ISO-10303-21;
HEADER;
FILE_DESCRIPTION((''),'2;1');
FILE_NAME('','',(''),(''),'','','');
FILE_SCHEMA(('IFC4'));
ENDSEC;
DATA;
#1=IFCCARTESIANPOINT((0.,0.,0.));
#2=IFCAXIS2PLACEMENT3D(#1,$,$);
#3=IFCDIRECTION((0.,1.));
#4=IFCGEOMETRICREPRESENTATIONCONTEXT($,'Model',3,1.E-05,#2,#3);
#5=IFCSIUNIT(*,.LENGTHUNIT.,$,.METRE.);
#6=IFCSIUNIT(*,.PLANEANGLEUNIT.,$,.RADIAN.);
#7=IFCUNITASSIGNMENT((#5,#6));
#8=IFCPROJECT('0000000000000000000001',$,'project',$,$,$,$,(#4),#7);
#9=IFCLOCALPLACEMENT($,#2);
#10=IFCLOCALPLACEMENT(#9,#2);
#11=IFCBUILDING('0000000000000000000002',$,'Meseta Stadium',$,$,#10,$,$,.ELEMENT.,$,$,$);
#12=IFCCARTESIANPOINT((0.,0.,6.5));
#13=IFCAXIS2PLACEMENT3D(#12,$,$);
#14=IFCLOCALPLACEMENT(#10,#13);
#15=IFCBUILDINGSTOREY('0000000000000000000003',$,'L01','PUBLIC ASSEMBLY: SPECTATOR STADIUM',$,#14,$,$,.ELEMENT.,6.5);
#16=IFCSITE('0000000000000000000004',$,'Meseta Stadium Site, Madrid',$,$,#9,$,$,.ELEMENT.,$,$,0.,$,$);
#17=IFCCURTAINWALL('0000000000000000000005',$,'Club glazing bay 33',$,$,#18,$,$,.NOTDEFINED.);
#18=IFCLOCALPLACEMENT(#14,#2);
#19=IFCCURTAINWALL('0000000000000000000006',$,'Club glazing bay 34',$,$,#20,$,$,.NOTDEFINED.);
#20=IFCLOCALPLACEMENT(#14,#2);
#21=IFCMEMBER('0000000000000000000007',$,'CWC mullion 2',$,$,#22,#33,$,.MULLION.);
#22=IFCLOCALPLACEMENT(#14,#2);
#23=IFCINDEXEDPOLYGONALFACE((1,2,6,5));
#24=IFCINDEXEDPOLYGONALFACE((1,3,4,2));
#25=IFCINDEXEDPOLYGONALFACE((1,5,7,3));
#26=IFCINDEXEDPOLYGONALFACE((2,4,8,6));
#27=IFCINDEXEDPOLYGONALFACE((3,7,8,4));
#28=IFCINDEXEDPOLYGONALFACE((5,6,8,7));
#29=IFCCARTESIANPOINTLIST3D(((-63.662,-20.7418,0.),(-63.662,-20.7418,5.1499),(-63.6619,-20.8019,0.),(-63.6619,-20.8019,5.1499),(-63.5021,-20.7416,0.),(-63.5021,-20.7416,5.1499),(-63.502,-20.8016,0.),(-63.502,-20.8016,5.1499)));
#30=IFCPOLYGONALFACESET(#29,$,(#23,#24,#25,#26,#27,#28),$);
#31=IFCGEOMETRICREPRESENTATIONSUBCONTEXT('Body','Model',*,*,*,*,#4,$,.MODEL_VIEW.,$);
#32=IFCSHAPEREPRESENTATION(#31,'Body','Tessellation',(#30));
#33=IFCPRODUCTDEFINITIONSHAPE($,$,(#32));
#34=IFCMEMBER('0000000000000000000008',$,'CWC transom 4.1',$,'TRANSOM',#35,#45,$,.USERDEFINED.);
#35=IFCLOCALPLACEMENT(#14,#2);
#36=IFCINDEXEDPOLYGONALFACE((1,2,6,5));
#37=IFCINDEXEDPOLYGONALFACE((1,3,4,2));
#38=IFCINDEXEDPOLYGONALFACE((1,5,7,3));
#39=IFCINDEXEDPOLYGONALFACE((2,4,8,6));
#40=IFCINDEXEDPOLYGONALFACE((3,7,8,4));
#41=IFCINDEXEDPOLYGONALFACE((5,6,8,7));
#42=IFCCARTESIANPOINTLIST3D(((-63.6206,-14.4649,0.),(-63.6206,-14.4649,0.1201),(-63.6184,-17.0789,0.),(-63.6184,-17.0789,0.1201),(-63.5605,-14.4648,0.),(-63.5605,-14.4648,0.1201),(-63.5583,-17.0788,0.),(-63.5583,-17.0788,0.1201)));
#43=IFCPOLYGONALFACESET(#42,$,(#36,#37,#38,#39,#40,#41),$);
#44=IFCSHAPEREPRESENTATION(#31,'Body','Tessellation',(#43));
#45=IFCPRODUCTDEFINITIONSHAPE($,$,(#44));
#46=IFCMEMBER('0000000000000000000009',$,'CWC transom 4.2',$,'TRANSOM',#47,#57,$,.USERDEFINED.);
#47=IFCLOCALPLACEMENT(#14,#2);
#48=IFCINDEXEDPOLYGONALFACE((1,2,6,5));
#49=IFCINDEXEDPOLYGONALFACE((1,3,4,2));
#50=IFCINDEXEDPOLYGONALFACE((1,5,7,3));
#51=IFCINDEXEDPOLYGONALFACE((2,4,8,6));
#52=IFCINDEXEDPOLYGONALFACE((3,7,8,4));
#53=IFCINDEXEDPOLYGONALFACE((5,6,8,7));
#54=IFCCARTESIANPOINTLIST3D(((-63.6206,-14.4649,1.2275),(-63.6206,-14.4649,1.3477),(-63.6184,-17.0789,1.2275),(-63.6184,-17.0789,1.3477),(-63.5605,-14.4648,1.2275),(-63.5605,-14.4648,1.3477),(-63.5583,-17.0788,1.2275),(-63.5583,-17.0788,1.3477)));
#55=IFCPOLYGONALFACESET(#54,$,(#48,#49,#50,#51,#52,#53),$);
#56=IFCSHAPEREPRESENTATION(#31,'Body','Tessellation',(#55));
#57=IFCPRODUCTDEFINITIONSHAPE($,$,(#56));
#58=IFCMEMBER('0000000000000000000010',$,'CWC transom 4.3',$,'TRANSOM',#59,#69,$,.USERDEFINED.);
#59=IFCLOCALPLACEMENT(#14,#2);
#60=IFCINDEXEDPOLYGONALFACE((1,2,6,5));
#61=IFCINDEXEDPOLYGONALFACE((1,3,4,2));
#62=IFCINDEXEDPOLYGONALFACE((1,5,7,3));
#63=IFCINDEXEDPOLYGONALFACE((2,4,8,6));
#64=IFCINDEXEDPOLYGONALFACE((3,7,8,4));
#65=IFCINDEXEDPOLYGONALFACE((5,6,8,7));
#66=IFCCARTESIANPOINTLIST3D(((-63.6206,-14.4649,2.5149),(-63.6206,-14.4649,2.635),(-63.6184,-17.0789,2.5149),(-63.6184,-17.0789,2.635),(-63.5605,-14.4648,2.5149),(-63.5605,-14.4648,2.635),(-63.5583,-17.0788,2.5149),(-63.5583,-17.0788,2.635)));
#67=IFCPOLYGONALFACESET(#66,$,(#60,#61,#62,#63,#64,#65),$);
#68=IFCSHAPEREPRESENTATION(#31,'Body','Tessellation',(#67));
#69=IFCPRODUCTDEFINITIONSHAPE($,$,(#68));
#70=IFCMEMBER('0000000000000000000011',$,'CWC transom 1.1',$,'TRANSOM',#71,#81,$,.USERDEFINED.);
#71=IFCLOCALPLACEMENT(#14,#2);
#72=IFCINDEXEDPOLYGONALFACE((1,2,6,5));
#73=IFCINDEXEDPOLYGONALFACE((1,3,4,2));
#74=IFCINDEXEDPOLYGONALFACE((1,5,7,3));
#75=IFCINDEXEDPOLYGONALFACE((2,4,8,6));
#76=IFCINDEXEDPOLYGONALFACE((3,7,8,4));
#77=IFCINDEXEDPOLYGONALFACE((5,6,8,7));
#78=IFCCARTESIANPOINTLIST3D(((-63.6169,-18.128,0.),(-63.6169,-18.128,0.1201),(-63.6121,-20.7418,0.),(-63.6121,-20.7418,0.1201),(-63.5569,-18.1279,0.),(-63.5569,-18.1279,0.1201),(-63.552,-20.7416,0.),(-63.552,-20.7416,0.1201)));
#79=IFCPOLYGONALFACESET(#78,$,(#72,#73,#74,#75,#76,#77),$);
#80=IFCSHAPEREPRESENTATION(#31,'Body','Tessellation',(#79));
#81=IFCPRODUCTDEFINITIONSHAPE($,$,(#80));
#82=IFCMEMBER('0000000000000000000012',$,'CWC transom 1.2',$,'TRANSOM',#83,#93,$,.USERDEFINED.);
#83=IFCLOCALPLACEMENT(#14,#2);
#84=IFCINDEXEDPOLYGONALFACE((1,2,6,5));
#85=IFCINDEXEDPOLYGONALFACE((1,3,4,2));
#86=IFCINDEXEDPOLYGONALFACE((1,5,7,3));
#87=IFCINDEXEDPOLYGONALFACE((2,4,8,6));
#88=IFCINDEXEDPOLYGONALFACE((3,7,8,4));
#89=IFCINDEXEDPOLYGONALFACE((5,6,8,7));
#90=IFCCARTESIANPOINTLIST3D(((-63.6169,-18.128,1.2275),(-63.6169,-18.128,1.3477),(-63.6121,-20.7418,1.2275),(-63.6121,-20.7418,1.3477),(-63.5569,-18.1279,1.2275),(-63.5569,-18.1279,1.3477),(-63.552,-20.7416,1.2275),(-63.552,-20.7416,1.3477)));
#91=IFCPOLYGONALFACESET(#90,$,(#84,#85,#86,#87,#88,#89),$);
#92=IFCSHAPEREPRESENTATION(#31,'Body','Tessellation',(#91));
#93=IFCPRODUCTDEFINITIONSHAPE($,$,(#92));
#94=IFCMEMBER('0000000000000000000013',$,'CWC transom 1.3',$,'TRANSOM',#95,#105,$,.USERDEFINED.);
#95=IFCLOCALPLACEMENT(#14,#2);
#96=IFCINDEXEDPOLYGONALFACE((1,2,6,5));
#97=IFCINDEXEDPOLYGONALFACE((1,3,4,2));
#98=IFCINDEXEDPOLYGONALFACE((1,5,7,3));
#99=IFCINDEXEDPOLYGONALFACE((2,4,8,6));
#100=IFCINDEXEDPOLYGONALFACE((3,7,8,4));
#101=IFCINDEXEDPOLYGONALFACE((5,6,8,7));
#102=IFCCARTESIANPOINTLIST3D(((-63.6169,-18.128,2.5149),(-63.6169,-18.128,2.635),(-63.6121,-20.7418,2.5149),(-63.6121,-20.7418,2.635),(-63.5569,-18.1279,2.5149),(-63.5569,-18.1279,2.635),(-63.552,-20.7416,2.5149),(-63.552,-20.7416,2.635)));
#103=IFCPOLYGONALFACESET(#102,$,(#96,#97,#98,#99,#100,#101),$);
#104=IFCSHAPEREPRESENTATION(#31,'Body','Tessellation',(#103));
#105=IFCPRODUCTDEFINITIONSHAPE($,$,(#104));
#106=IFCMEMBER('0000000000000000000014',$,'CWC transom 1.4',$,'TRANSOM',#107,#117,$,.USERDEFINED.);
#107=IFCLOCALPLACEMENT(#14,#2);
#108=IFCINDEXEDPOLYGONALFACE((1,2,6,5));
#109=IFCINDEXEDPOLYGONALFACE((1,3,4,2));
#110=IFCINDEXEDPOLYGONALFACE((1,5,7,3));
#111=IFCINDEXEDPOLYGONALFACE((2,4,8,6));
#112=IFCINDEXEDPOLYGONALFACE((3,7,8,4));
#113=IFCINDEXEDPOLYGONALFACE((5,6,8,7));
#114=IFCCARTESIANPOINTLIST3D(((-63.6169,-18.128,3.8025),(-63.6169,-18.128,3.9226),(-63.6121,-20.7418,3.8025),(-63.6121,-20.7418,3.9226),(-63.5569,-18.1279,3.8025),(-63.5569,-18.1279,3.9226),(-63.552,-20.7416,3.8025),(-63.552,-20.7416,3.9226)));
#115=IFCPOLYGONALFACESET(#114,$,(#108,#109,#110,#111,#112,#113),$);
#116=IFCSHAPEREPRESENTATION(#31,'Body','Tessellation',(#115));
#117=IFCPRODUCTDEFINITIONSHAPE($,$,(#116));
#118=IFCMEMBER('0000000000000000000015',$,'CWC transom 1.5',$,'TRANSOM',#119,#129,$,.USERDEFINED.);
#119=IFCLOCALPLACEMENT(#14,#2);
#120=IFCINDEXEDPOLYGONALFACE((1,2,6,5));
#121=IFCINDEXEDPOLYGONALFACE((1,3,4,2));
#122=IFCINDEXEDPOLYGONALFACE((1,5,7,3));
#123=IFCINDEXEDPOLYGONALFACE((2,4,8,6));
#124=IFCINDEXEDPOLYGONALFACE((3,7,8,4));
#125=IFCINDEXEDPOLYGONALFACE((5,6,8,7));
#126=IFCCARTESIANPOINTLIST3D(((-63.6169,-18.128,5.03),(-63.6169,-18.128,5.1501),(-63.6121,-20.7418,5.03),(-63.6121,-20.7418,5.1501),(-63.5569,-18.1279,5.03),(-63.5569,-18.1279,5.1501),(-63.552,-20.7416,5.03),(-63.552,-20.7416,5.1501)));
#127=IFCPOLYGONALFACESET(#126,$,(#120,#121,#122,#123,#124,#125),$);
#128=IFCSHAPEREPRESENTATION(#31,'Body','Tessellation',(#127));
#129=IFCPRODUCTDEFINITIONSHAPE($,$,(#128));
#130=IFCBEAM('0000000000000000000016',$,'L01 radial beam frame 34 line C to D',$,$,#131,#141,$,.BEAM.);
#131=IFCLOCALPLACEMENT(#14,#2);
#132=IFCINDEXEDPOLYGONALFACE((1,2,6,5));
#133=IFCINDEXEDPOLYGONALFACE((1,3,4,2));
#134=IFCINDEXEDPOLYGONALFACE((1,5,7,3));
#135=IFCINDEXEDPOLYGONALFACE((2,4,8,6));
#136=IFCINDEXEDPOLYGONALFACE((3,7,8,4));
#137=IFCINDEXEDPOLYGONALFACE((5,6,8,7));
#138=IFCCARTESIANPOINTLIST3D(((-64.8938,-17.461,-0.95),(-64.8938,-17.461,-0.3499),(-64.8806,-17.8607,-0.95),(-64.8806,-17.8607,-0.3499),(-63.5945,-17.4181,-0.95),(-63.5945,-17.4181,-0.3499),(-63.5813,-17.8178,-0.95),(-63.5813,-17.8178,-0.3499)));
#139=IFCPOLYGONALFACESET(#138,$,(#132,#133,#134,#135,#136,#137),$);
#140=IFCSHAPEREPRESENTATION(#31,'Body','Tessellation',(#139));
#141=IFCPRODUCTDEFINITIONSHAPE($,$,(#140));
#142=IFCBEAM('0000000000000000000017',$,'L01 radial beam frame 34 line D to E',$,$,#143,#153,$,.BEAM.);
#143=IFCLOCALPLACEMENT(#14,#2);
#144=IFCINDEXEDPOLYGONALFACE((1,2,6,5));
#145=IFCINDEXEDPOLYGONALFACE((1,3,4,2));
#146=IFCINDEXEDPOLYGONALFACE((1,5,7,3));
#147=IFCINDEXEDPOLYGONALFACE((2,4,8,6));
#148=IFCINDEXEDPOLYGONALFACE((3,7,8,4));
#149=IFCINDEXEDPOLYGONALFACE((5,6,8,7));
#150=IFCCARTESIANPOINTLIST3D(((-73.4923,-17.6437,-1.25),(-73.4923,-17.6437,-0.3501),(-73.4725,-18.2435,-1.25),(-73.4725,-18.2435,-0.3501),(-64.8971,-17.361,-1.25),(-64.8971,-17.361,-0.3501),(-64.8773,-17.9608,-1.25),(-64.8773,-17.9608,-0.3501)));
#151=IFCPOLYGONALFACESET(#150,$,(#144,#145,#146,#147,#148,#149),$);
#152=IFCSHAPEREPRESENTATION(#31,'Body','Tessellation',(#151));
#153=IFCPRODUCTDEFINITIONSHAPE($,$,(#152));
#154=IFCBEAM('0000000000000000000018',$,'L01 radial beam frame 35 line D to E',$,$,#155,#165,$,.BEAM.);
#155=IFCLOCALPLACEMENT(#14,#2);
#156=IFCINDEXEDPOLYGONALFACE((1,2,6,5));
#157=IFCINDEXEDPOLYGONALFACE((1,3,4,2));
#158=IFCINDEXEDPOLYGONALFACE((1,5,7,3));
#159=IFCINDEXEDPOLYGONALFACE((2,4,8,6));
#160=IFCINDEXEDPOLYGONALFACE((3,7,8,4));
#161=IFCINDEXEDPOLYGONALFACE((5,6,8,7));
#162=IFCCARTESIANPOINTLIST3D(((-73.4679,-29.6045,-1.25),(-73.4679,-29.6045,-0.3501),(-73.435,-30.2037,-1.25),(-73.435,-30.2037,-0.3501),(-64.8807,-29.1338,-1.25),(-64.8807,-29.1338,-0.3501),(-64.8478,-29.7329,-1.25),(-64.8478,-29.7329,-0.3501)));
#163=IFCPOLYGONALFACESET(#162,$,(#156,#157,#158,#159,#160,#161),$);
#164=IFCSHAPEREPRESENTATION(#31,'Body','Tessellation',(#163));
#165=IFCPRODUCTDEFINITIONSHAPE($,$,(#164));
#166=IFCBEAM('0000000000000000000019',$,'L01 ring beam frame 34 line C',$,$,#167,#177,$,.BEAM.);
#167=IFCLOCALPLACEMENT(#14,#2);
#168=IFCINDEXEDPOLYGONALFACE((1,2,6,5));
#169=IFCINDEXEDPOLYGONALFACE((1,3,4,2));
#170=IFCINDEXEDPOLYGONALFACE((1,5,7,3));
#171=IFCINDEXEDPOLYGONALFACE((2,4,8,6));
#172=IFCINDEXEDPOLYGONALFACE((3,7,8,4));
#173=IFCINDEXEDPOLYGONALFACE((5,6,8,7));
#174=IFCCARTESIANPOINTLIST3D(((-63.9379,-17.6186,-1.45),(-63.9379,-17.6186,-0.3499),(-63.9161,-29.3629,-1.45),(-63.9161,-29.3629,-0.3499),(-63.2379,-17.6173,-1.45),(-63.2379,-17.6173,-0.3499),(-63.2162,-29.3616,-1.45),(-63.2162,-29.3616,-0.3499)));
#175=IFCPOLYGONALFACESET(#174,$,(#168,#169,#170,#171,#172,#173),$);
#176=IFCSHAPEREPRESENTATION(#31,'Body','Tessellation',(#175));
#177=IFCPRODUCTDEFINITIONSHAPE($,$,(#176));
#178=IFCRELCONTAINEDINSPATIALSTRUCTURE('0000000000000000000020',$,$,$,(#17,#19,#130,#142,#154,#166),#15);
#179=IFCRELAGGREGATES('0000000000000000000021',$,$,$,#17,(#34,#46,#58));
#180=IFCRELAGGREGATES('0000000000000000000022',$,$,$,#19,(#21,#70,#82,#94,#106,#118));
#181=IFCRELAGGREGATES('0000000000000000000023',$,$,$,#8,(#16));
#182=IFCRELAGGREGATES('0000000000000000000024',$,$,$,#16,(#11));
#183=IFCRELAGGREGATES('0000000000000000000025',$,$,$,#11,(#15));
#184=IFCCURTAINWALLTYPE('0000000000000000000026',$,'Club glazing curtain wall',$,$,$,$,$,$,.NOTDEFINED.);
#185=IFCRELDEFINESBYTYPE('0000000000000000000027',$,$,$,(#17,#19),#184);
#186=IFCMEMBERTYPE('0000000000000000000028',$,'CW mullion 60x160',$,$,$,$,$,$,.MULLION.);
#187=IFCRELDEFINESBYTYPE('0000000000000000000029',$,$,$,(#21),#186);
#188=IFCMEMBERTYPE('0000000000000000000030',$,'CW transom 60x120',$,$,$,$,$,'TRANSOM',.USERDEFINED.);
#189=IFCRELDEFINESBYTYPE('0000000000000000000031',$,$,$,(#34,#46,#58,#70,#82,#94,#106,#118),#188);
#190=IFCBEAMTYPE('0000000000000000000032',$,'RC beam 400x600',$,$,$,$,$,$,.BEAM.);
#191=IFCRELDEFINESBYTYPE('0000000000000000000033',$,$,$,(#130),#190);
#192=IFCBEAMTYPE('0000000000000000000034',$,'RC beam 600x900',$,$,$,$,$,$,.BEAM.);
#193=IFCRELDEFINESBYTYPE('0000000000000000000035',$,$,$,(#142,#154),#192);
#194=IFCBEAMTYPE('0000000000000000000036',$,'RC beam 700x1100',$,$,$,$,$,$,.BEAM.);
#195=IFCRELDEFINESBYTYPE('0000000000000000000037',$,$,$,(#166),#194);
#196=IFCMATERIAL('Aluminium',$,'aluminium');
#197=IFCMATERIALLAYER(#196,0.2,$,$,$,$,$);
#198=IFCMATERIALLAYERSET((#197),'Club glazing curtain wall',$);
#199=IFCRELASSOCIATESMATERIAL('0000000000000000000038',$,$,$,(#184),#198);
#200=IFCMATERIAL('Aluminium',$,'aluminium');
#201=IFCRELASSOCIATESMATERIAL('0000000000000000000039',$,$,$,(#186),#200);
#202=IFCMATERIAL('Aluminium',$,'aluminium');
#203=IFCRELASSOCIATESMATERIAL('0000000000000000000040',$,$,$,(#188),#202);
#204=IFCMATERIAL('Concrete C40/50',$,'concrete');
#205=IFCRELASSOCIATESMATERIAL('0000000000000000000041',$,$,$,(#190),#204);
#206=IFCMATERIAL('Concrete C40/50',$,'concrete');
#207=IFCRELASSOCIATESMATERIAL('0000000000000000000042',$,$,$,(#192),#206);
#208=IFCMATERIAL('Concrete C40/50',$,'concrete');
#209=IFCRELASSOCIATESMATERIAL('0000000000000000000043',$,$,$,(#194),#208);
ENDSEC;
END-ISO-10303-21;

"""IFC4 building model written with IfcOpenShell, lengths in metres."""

from ifc_helpers import new_model, si_unit, direction, frame, origin, origin_2d, place, context, subcontext, project, spatial, rectangle, extrude, material, layer, layer_set, material_profile, profile_set, type_object, element, aggregate, save


model = new_model("IFC4")

# Units and contexts
model_context = context("Model", 3, precision=1e-05, world=origin(), true_north=direction((0.0, 1.0)))
body_context = subcontext(model_context, "Body", "Model", "MODEL_VIEW")
ifc_project = project(units=[si_unit("LENGTHUNIT", "METRE"), si_unit("PLANEANGLEUNIT", "RADIAN")], contexts=[model_context])

# Site, building, storey
site_placement = place(None, origin())
site = spatial("IfcSite", under=ifc_project, at=site_placement, Name="Meseta Stadium Site, Madrid", CompositionType="ELEMENT", RefElevation=0.0)
building_placement = place(site_placement, origin())
building = spatial("IfcBuilding", under=site, at=building_placement, Name="Meseta Stadium", CompositionType="ELEMENT")
storey_placement = place(building_placement, frame((0.0, 0.0, 6.5)))
storey = spatial("IfcBuildingStorey", under=building, at=storey_placement, Name="L01", Description="PUBLIC ASSEMBLY: SPECTATOR STADIUM", CompositionType="ELEMENT", Elevation=6.5)

# Curtain wall
ifc_material_1 = material(Name="Aluminium", Category="aluminium")
ifc_layer_1 = layer(ifc_material_1, 0.2)
ifc_layer_set_1 = layer_set([ifc_layer_1], Name="Club glazing curtain wall")
curtain_wall_type = type_object("IfcCurtainWallType", Name="Club glazing curtain wall", PredefinedType="NOTDEFINED", material=ifc_layer_set_1)
curtain_wall_1_placement = place(storey_placement, origin())
curtain_wall_1 = element("IfcCurtainWall", 1, at=curtain_wall_1_placement, inside=storey, type_object=curtain_wall_type, Name="Club glazing bay 33", PredefinedType="NOTDEFINED")
ifc_material_2 = material(Name="Aluminium", Category="aluminium")
ifc_material_profile_1 = material_profile(ifc_material_2, rectangle(XDim=0.1599, YDim=0.0601, at=origin_2d()), Name="CW 160x60")
ifc_profile_set_1 = profile_set([ifc_material_profile_1], Name="Aluminium")
member_type_1 = type_object("IfcMemberType", Name="CW mullion 60x160", PredefinedType="MULLION", material=ifc_profile_set_1)

# Curtain wall, member
curtain_wall_2_placement = place(storey_placement, origin())
curtain_wall_2 = element("IfcCurtainWall", 2, at=curtain_wall_2_placement, inside=storey, type_object=curtain_wall_type, Name="Club glazing bay 34", PredefinedType="NOTDEFINED")
member_1_placement = place(storey_placement, frame((-63.582, -20.7717, 0.0), z_axis=(0.0, 0.0, 1.0), x_axis=(0.999998, 0.001845, 0.0)))
member_1 = element("IfcMember", 3, at=member_1_placement, type_object=member_type_1, Name="CWC mullion 2", PredefinedType="MULLION", context=body_context, shape_type="SweptSolid", body=[
    extrude(rectangle(XDim=0.1599, YDim=0.0601, at=origin_2d()), origin(), (0.0, 0.0, 1.0), 5.1499),
])

# Members
ifc_material_3 = material(Name="Aluminium", Category="aluminium")
ifc_material_profile_2 = material_profile(ifc_material_3, rectangle(XDim=0.0601, YDim=0.1201, at=origin_2d()), Name="CW 60x120")
ifc_profile_set_2 = profile_set([ifc_material_profile_2], Name="Aluminium")
member_type_2 = type_object("IfcMemberType", Name="CW transom 60x120", ElementType="TRANSOM", PredefinedType="USERDEFINED", material=ifc_profile_set_2)
member_2_placement = place(storey_placement, frame((-63.5906, -14.4648, 0.0601), z_axis=(0.000841, -1.0, 0.0), x_axis=(1.0, 0.000841, 0.0)))
member_2 = element("IfcMember", 4, at=member_2_placement, type_object=member_type_2, Name="CWC transom 4.1", ObjectType="TRANSOM", PredefinedType="USERDEFINED", context=body_context, shape_type="SweptSolid", body=[
    extrude(rectangle(XDim=0.0601, YDim=0.1201, at=origin_2d()), origin(), (0.0, 0.0, 1.0), 2.614),
])
member_3_placement = place(storey_placement, frame((-63.5906, -14.4648, 1.2876), z_axis=(0.000841, -1.0, 0.0), x_axis=(1.0, 0.000841, 0.0)))
member_3 = element("IfcMember", 5, at=member_3_placement, type_object=member_type_2, Name="CWC transom 4.2", ObjectType="TRANSOM", PredefinedType="USERDEFINED", context=body_context, shape_type="SweptSolid", body=[
    extrude(rectangle(XDim=0.0601, YDim=0.1201, at=origin_2d()), origin(), (0.0, 0.0, 1.0), 2.614),
])
member_4_placement = place(storey_placement, frame((-63.5906, -14.4648, 2.575), z_axis=(0.000841, -1.0, 0.0), x_axis=(1.0, 0.000841, 0.0)))
member_4 = element("IfcMember", 6, at=member_4_placement, type_object=member_type_2, Name="CWC transom 4.3", ObjectType="TRANSOM", PredefinedType="USERDEFINED", context=body_context, shape_type="SweptSolid", body=[
    extrude(rectangle(XDim=0.0601, YDim=0.1201, at=origin_2d()), origin(), (0.0, 0.0, 1.0), 2.614),
])
member_5_placement = place(storey_placement, frame((-63.5869, -18.1279, 0.0601), z_axis=(0.001868, -0.999998, 0.0), x_axis=(0.999998, 0.001868, 0.0)))
member_5 = element("IfcMember", 7, at=member_5_placement, type_object=member_type_2, Name="CWC transom 1.1", ObjectType="TRANSOM", PredefinedType="USERDEFINED", context=body_context, shape_type="SweptSolid", body=[
    extrude(rectangle(XDim=0.0601, YDim=0.1201, at=origin_2d()), origin(), (0.0, 0.0, 1.0), 2.6138),
])
member_6_placement = place(storey_placement, frame((-63.5869, -18.1279, 1.2876), z_axis=(0.001868, -0.999998, 0.0), x_axis=(0.999998, 0.001868, 0.0)))
member_6 = element("IfcMember", 8, at=member_6_placement, type_object=member_type_2, Name="CWC transom 1.2", ObjectType="TRANSOM", PredefinedType="USERDEFINED", context=body_context, shape_type="SweptSolid", body=[
    extrude(rectangle(XDim=0.0601, YDim=0.1201, at=origin_2d()), origin(), (0.0, 0.0, 1.0), 2.6138),
])
member_7_placement = place(storey_placement, frame((-63.5869, -18.1279, 2.575), z_axis=(0.001868, -0.999998, 0.0), x_axis=(0.999998, 0.001868, 0.0)))
member_7 = element("IfcMember", 9, at=member_7_placement, type_object=member_type_2, Name="CWC transom 1.3", ObjectType="TRANSOM", PredefinedType="USERDEFINED", context=body_context, shape_type="SweptSolid", body=[
    extrude(rectangle(XDim=0.0601, YDim=0.1201, at=origin_2d()), origin(), (0.0, 0.0, 1.0), 2.6138),
])
member_8_placement = place(storey_placement, frame((-63.5869, -18.1279, 3.8625), z_axis=(0.001868, -0.999998, 0.0), x_axis=(0.999998, 0.001868, 0.0)))
member_8 = element("IfcMember", 10, at=member_8_placement, type_object=member_type_2, Name="CWC transom 1.4", ObjectType="TRANSOM", PredefinedType="USERDEFINED", context=body_context, shape_type="SweptSolid", body=[
    extrude(rectangle(XDim=0.0601, YDim=0.1201, at=origin_2d()), origin(), (0.0, 0.0, 1.0), 2.6138),
])
member_9_placement = place(storey_placement, frame((-63.5869, -18.1279, 5.0901), z_axis=(0.001868, -0.999998, 0.0), x_axis=(0.999998, 0.001868, 0.0)))
member_9 = element("IfcMember", 11, at=member_9_placement, type_object=member_type_2, Name="CWC transom 1.5", ObjectType="TRANSOM", PredefinedType="USERDEFINED", context=body_context, shape_type="SweptSolid", body=[
    extrude(rectangle(XDim=0.0601, YDim=0.1201, at=origin_2d()), origin(), (0.0, 0.0, 1.0), 2.6138),
])

# Beams
ifc_material_4 = material(Name="Concrete C40/50", Category="concrete")
ifc_material_profile_3 = material_profile(ifc_material_4, rectangle(XDim=0.3999, YDim=0.6001, at=origin_2d()), Name="RC 400x600")
ifc_profile_set_3 = profile_set([ifc_material_profile_3], Name="Concrete C40/50")
beam_type_1 = type_object("IfcBeamType", Name="RC beam 400x600", PredefinedType="BEAM", material=ifc_profile_set_3)
beam_1_placement = place(storey_placement, frame((-63.5879, -17.6179, -0.6499), z_axis=(-0.999454, -0.033052, 0.0), x_axis=(0.033052, -0.999454, 0.0)))
element("IfcBeam", 12, at=beam_1_placement, inside=storey, type_object=beam_type_1, Name="L01 radial beam frame 34 line C to D", PredefinedType="BEAM", context=body_context, shape_type="SweptSolid", body=[
    extrude(rectangle(XDim=0.3999, YDim=0.6001, at=origin_2d()), origin(), (0.0, 0.0, 1.0), 1.3),
])
ifc_material_5 = material(Name="Concrete C40/50", Category="concrete")
ifc_material_profile_4 = material_profile(ifc_material_5, rectangle(XDim=0.6001, YDim=0.8999, at=origin_2d()), Name="RC 600x900")
ifc_profile_set_4 = profile_set([ifc_material_profile_4], Name="Concrete C40/50")
beam_type_2 = type_object("IfcBeamType", Name="RC beam 600x900", PredefinedType="BEAM", material=ifc_profile_set_4)
beam_2_placement = place(storey_placement, frame((-64.8872, -17.6609, -0.8), z_axis=(-0.999459, -0.032874, 0.0), x_axis=(0.032874, -0.999459, 0.0)))
element("IfcBeam", 13, at=beam_2_placement, inside=storey, type_object=beam_type_2, Name="L01 radial beam frame 34 line D to E", PredefinedType="BEAM", context=body_context, shape_type="SweptSolid", body=[
    extrude(rectangle(XDim=0.6001, YDim=0.8999, at=origin_2d()), origin(), (0.0, 0.0, 1.0), 8.5999),
])
beam_3_placement = place(storey_placement, frame((-64.8643, -29.4333, -0.8), z_axis=(-0.998501, -0.054733, 0.0), x_axis=(0.054733, -0.998501, 0.0)))
element("IfcBeam", 14, at=beam_3_placement, inside=storey, type_object=beam_type_2, Name="L01 radial beam frame 35 line D to E", PredefinedType="BEAM", context=body_context, shape_type="SweptSolid", body=[
    extrude(rectangle(XDim=0.6001, YDim=0.8999, at=origin_2d()), origin(), (0.0, 0.0, 1.0), 8.6001),
])
ifc_material_6 = material(Name="Concrete C40/50", Category="concrete")
ifc_material_profile_5 = material_profile(ifc_material_6, rectangle(XDim=0.7, YDim=1.1001, at=origin_2d()), Name="RC 700x1100")
ifc_profile_set_5 = profile_set([ifc_material_profile_5], Name="Concrete C40/50")
beam_type_3 = type_object("IfcBeamType", Name="RC beam 700x1100", PredefinedType="BEAM", material=ifc_profile_set_5)
beam_4_placement = place(storey_placement, frame((-63.5879, -17.6179, -0.8999), z_axis=(0.00185, -0.999998, 0.0), x_axis=(0.999998, 0.00185, 0.0)))
element("IfcBeam", 15, at=beam_4_placement, inside=storey, type_object=beam_type_3, Name="L01 ring beam frame 34 line C", PredefinedType="BEAM", context=body_context, shape_type="SweptSolid", body=[
    extrude(rectangle(XDim=0.7, YDim=1.1001, at=origin_2d()), origin(), (0.0, 0.0, 1.0), 11.7444),
])

aggregate(curtain_wall_1, [member_2, member_3, member_4])
aggregate(curtain_wall_2, [member_1, member_5, member_6, member_7, member_8, member_9])

save(model, "model.ifc")
